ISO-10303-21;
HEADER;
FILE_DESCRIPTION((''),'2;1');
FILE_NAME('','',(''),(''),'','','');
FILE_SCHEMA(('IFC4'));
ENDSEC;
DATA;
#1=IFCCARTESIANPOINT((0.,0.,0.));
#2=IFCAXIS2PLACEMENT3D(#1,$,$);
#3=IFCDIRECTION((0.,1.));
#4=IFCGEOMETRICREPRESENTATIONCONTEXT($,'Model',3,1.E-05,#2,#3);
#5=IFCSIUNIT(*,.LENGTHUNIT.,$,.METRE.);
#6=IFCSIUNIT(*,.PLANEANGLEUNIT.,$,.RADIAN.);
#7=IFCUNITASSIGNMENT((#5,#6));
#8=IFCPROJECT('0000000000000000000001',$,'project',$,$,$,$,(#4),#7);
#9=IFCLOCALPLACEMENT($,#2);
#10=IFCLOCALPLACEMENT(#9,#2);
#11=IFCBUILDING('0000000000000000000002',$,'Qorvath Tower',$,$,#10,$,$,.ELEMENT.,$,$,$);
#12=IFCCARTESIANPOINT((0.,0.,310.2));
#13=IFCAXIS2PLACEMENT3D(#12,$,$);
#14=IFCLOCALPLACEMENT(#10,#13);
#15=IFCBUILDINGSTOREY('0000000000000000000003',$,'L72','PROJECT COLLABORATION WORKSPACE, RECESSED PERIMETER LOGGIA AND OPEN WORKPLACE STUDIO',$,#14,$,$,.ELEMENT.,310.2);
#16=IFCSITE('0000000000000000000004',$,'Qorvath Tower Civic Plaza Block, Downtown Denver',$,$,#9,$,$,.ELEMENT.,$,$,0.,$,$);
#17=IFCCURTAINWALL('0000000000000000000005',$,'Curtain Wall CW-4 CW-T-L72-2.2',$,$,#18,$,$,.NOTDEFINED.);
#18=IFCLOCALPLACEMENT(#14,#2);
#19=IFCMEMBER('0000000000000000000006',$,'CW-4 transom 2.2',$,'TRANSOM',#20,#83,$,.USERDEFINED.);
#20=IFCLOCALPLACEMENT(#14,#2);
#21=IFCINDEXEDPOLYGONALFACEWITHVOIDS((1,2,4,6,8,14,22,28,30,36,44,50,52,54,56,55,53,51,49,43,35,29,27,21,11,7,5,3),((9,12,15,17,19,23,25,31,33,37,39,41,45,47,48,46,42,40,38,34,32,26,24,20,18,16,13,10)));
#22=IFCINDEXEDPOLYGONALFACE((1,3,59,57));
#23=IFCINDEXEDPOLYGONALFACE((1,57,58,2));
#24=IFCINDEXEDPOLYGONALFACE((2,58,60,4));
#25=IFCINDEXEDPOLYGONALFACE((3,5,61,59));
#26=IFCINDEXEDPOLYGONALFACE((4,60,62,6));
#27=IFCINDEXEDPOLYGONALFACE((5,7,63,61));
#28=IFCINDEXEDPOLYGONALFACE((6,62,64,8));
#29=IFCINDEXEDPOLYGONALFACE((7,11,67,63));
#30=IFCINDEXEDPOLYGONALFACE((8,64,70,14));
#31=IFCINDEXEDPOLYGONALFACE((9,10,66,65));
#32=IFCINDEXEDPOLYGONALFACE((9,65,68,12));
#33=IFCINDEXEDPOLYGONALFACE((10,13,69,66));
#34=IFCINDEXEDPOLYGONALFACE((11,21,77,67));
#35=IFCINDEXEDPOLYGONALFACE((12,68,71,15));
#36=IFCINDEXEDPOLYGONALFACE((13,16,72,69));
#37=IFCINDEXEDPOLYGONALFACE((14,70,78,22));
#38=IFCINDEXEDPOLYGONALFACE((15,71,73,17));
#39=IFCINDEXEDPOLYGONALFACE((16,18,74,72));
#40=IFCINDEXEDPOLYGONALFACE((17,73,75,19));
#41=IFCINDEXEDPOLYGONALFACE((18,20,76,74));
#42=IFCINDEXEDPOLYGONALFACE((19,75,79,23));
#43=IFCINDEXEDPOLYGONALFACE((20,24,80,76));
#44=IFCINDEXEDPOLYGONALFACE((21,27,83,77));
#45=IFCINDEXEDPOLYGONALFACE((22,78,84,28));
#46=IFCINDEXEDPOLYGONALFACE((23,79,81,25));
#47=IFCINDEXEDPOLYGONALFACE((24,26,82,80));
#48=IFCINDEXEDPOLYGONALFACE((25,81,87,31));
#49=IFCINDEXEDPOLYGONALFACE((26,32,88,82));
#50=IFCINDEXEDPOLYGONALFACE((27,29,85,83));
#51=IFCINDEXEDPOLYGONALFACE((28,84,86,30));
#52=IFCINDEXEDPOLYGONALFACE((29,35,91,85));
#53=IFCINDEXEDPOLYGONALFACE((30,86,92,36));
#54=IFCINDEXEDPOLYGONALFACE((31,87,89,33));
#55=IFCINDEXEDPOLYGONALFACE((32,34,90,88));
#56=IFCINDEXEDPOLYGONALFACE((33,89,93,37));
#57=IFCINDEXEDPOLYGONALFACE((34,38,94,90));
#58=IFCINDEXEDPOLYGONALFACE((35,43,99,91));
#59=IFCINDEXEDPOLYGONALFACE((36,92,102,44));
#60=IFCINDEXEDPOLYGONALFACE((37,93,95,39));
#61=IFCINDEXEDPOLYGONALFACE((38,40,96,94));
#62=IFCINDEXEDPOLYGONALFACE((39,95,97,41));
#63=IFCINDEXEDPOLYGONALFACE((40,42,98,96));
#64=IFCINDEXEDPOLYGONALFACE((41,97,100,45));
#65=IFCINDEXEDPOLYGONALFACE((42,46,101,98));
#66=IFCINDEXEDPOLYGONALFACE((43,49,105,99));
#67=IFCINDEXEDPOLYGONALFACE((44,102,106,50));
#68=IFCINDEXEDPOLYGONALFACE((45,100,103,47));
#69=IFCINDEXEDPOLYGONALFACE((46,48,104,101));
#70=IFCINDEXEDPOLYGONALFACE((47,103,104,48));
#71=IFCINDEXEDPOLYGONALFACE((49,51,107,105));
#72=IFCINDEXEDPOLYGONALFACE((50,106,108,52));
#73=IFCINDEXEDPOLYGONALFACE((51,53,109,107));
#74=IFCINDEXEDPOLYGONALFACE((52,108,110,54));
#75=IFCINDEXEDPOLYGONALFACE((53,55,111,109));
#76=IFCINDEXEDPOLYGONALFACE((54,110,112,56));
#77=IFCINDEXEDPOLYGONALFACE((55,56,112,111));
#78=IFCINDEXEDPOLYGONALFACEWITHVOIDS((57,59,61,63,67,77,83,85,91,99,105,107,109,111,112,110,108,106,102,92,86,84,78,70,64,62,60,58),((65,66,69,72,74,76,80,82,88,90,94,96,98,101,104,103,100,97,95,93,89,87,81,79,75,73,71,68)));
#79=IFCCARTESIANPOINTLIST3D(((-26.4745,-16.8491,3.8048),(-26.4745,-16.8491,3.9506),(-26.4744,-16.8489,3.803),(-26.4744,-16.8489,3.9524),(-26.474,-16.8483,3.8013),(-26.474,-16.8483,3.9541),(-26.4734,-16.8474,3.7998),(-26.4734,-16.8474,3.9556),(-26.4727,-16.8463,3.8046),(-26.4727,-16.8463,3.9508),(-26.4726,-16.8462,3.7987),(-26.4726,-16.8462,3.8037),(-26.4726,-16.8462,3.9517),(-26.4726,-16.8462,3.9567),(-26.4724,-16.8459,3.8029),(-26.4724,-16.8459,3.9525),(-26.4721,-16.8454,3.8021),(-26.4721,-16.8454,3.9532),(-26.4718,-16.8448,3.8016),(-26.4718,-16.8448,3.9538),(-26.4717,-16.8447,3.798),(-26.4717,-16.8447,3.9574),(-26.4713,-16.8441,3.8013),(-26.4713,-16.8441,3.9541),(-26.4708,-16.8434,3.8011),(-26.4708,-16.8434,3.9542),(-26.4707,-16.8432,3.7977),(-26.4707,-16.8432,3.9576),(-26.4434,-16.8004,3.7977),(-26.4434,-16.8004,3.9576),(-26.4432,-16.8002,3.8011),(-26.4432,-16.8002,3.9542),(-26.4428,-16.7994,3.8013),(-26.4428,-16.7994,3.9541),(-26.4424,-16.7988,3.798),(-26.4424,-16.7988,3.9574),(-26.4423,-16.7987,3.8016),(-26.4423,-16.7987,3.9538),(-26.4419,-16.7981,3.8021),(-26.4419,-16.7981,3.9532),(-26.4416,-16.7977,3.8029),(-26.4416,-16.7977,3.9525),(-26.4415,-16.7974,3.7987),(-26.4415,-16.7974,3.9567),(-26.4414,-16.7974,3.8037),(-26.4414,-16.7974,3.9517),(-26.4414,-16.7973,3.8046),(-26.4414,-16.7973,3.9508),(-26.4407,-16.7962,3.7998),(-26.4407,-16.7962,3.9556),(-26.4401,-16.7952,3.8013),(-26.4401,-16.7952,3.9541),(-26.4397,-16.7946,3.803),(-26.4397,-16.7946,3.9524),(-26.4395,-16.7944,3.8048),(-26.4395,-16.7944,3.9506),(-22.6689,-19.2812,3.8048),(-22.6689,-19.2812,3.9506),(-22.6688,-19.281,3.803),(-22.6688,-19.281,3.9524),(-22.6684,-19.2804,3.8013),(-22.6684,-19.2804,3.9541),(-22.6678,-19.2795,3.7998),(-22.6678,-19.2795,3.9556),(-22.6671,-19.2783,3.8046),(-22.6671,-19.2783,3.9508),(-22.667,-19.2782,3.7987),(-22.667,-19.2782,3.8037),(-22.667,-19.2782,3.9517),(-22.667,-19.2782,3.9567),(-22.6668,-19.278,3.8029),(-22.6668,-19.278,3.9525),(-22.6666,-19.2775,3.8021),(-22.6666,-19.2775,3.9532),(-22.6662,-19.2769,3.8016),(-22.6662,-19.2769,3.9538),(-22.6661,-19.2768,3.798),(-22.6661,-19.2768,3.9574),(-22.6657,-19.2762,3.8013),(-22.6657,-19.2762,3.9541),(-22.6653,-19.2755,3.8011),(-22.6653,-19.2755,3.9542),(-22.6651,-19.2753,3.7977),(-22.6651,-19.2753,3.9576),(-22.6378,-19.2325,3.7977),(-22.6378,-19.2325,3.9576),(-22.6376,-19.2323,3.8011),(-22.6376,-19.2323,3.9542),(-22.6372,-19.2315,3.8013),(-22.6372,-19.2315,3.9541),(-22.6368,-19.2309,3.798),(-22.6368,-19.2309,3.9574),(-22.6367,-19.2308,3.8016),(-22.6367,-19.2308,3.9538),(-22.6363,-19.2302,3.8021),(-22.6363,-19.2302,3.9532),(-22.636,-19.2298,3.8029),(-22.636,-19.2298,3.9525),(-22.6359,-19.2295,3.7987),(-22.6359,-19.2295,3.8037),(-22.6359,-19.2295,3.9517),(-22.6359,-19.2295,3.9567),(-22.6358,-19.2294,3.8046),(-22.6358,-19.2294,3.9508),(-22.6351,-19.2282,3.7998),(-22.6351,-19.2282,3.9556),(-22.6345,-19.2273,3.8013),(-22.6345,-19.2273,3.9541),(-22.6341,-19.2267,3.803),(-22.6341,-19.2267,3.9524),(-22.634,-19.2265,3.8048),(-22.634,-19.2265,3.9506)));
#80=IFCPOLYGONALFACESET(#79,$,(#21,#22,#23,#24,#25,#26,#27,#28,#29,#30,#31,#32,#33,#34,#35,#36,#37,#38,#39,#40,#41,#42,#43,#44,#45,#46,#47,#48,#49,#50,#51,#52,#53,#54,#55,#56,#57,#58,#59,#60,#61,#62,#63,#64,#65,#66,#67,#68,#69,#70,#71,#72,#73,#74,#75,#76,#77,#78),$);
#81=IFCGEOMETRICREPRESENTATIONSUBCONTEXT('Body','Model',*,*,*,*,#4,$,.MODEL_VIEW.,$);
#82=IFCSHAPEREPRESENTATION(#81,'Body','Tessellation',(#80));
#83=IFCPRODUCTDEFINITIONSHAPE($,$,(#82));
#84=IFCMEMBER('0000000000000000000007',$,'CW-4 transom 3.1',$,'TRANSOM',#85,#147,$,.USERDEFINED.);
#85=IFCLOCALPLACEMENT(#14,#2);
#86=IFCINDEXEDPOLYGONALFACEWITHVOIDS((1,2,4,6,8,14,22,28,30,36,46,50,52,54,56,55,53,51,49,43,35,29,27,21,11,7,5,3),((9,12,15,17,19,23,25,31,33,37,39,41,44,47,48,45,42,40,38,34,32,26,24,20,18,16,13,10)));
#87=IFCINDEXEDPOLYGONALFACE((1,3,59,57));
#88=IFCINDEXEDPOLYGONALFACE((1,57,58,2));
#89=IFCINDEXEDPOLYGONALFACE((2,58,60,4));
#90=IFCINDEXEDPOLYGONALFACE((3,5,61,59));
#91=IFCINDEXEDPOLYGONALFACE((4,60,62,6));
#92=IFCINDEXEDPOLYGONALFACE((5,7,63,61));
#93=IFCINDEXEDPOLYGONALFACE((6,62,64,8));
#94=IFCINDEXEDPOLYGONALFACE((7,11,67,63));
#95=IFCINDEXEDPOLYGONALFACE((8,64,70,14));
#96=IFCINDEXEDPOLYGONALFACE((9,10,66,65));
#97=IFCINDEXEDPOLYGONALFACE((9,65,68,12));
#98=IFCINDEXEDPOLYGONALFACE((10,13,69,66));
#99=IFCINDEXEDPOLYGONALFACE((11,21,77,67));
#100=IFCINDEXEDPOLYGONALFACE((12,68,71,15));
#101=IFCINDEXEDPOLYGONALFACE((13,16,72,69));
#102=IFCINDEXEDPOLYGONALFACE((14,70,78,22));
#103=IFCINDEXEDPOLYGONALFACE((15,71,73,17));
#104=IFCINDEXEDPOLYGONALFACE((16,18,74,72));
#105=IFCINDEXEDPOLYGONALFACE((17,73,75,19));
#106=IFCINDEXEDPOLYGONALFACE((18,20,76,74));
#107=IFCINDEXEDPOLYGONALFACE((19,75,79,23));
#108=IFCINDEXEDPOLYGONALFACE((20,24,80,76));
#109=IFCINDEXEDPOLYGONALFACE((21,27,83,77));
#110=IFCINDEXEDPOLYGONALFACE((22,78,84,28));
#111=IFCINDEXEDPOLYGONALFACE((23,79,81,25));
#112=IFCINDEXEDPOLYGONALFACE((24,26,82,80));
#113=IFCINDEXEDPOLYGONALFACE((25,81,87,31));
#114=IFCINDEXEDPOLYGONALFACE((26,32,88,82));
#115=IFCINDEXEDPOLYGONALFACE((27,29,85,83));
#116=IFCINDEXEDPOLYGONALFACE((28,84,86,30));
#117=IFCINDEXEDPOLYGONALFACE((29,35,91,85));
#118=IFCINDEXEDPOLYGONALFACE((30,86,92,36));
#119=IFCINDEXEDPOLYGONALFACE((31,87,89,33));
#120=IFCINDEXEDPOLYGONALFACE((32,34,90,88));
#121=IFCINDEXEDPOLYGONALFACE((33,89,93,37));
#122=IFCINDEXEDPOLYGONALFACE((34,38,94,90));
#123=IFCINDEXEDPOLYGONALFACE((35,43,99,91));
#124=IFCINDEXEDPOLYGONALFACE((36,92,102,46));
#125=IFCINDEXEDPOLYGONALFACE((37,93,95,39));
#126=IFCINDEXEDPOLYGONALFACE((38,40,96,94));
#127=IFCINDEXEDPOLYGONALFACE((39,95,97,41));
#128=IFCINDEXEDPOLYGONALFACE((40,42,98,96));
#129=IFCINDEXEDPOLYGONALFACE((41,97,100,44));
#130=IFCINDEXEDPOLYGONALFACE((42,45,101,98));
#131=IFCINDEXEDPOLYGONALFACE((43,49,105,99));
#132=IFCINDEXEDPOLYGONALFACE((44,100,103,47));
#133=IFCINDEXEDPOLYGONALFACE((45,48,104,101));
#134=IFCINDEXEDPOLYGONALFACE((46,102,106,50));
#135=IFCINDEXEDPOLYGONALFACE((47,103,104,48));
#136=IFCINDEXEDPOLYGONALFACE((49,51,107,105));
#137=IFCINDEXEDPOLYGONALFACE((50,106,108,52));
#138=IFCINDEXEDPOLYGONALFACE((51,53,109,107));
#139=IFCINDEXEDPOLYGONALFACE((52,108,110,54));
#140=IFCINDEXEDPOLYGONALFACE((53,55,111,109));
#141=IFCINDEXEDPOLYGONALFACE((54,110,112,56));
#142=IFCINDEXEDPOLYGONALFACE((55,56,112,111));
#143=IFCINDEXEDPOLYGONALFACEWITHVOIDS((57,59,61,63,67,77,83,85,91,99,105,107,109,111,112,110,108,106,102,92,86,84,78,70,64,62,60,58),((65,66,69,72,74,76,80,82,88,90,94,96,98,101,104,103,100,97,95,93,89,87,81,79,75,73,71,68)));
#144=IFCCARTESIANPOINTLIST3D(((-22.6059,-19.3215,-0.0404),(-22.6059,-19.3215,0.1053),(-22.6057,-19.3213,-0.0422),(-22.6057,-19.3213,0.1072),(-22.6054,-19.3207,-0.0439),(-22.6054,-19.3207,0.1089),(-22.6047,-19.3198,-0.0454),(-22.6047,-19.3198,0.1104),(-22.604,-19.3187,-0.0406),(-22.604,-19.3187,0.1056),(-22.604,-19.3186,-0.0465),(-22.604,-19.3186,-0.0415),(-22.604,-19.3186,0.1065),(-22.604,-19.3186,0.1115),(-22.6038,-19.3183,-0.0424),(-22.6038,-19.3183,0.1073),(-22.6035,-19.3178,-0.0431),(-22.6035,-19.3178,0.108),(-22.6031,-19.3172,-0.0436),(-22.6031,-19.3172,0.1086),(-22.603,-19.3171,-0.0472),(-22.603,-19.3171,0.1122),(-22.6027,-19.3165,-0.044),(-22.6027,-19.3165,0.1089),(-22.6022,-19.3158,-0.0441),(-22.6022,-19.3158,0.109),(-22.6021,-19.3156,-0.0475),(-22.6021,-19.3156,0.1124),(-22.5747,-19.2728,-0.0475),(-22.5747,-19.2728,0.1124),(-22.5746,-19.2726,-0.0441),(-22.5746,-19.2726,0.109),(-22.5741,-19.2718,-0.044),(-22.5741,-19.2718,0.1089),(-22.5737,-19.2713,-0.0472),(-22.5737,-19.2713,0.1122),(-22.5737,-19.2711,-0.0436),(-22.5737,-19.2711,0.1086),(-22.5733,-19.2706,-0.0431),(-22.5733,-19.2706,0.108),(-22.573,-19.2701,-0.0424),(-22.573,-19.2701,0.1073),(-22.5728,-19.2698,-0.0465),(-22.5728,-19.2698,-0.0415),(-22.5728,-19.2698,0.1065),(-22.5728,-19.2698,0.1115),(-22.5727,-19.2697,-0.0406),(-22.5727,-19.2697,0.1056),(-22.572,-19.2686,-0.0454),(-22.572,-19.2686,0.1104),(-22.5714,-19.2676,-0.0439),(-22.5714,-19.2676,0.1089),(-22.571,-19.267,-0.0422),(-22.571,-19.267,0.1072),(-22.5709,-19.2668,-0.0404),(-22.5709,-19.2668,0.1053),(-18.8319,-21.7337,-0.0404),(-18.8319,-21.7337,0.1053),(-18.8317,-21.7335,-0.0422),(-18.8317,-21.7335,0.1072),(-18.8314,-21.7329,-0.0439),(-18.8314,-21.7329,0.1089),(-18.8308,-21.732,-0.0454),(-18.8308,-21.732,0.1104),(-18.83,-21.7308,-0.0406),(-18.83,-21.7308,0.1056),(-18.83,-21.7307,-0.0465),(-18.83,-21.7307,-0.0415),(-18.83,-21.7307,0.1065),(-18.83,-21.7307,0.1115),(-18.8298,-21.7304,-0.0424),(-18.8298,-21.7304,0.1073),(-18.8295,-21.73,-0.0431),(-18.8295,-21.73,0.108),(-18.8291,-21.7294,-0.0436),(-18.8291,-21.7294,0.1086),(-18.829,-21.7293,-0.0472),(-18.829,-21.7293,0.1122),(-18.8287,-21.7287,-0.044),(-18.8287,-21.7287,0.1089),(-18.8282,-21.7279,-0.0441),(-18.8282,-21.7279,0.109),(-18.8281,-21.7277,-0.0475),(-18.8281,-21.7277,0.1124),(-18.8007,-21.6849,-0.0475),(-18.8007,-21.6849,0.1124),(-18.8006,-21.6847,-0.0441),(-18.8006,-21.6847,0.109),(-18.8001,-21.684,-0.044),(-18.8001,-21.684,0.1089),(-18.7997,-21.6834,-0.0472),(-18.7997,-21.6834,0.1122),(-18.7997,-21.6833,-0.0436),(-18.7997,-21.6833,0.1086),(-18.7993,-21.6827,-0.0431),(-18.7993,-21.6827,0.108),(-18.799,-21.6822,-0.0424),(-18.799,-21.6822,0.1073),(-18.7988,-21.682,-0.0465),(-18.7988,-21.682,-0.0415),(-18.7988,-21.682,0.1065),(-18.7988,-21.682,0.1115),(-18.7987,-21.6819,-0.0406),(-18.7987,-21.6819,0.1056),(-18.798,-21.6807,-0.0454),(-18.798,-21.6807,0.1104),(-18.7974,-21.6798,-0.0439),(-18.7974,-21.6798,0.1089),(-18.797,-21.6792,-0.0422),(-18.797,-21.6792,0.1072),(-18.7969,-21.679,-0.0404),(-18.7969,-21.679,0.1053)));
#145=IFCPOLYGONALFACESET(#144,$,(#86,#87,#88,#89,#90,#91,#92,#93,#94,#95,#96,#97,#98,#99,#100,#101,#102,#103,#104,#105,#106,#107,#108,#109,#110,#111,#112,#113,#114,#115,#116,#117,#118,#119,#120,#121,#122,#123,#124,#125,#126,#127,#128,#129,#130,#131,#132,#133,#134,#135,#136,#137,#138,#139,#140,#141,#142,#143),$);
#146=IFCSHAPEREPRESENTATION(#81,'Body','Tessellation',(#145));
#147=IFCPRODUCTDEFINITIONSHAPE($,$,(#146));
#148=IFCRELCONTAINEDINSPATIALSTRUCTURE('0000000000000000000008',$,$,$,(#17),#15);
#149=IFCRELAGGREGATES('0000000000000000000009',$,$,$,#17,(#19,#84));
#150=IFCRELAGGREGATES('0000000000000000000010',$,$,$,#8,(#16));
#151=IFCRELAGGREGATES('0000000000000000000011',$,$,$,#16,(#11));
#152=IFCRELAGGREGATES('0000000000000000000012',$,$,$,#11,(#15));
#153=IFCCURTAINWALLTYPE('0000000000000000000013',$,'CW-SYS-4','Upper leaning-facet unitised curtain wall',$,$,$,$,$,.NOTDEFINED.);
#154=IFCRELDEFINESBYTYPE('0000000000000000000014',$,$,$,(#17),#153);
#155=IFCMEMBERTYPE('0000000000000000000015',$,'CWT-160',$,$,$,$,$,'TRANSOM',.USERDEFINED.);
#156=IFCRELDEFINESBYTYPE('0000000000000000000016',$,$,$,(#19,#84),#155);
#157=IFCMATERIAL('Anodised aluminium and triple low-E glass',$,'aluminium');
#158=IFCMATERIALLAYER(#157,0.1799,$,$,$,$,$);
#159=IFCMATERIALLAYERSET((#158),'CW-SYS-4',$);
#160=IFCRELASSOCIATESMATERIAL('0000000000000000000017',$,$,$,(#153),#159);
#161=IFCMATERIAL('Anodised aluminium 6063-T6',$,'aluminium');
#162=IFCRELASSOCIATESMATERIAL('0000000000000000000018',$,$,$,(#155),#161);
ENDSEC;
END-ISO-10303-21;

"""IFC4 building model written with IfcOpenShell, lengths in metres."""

from ifc_helpers import new_model, si_unit, direction, frame, origin, origin_2d, place, context, subcontext, project, spatial, hollow_rectangle, extrude, material, layer, layer_set, material_profile, profile_set, type_object, element, aggregate, save


model = new_model("IFC4")

# Units and contexts
model_context = context("Model", 3, precision=1e-05, world=origin(), true_north=direction((0.0, 1.0)))
body_context = subcontext(model_context, "Body", "Model", "MODEL_VIEW")
ifc_project = project(units=[si_unit("LENGTHUNIT", "METRE"), si_unit("PLANEANGLEUNIT", "RADIAN")], contexts=[model_context])

# Site, building, storey
site_placement = place(None, origin())
site = spatial("IfcSite", under=ifc_project, at=site_placement, Name="Qorvath Tower Civic Plaza Block, Downtown Denver", CompositionType="ELEMENT", RefElevation=0.0)
building_placement = place(site_placement, origin())
building = spatial("IfcBuilding", under=site, at=building_placement, Name="Qorvath Tower", CompositionType="ELEMENT")
storey_placement = place(building_placement, frame((0.0, 0.0, 310.2)))
storey = spatial("IfcBuildingStorey", under=building, at=storey_placement, Name="L72", Description="PROJECT COLLABORATION WORKSPACE, RECESSED PERIMETER LOGGIA AND OPEN WORKPLACE STUDIO", CompositionType="ELEMENT", Elevation=310.2)

# Curtain wall, members
ifc_material_1 = material(Name="Anodised aluminium and triple low-E glass", Category="aluminium")
ifc_layer_1 = layer(ifc_material_1, 0.1799)
ifc_layer_set_1 = layer_set([ifc_layer_1], Name="CW-SYS-4")
curtain_wall_type = type_object("IfcCurtainWallType", Name="CW-SYS-4", Description="Upper leaning-facet unitised curtain wall", PredefinedType="NOTDEFINED", material=ifc_layer_set_1)
curtain_wall_placement = place(storey_placement, origin())
curtain_wall = element("IfcCurtainWall", 1, at=curtain_wall_placement, inside=storey, type_object=curtain_wall_type, Name="Curtain Wall CW-4 CW-T-L72-2.2", PredefinedType="NOTDEFINED")
ifc_material_2 = material(Name="Anodised aluminium 6063-T6", Category="aluminium")
ifc_material_profile_1 = material_profile(ifc_material_2, hollow_rectangle(XDim=0.0649, YDim=0.1599, WallThickness=0.0034, InnerFilletRadius=0.0034, OuterFilletRadius=0.0071, at=origin_2d()), Name="CWT 160x65")
ifc_profile_set_1 = profile_set([ifc_material_profile_1], Name="Anodised aluminium 6063-T6")
member_type_1 = type_object("IfcMemberType", Name="CWT-160", ElementType="TRANSOM", PredefinedType="USERDEFINED", material=ifc_profile_set_1)
member_1_placement = place(storey_placement, frame((-26.457, -16.8218, 3.8777), z_axis=(0.842623, -0.538504, 0.0), x_axis=(0.538504, 0.842623, 0.0)))
member_1 = element("IfcMember", 2, at=member_1_placement, type_object=member_type_1, Name="CW-4 transom 2.2", ObjectType="TRANSOM", PredefinedType="USERDEFINED", context=body_context, shape_type="SweptSolid", body=[
    extrude(hollow_rectangle(XDim=0.0649, YDim=0.1599, WallThickness=0.0034, InnerFilletRadius=0.0034, OuterFilletRadius=0.0071, at=origin_2d()), origin(), (0.0, 0.0, 1.0), 4.5164),
])
member_2_placement = place(storey_placement, frame((-22.5884, -19.2942, 0.0325), z_axis=(0.842596, -0.538546, 0.0), x_axis=(0.538546, 0.842596, 0.0)))
member_2 = element("IfcMember", 3, at=member_2_placement, type_object=member_type_1, Name="CW-4 transom 3.1", ObjectType="TRANSOM", PredefinedType="USERDEFINED", context=body_context, shape_type="SweptSolid", body=[
    extrude(hollow_rectangle(XDim=0.0649, YDim=0.1599, WallThickness=0.0034, InnerFilletRadius=0.0034, OuterFilletRadius=0.0071, at=origin_2d()), origin(), (0.0, 0.0, 1.0), 4.479),
])
aggregate(curtain_wall, [member_1, member_2])

save(model, "model.ifc")
